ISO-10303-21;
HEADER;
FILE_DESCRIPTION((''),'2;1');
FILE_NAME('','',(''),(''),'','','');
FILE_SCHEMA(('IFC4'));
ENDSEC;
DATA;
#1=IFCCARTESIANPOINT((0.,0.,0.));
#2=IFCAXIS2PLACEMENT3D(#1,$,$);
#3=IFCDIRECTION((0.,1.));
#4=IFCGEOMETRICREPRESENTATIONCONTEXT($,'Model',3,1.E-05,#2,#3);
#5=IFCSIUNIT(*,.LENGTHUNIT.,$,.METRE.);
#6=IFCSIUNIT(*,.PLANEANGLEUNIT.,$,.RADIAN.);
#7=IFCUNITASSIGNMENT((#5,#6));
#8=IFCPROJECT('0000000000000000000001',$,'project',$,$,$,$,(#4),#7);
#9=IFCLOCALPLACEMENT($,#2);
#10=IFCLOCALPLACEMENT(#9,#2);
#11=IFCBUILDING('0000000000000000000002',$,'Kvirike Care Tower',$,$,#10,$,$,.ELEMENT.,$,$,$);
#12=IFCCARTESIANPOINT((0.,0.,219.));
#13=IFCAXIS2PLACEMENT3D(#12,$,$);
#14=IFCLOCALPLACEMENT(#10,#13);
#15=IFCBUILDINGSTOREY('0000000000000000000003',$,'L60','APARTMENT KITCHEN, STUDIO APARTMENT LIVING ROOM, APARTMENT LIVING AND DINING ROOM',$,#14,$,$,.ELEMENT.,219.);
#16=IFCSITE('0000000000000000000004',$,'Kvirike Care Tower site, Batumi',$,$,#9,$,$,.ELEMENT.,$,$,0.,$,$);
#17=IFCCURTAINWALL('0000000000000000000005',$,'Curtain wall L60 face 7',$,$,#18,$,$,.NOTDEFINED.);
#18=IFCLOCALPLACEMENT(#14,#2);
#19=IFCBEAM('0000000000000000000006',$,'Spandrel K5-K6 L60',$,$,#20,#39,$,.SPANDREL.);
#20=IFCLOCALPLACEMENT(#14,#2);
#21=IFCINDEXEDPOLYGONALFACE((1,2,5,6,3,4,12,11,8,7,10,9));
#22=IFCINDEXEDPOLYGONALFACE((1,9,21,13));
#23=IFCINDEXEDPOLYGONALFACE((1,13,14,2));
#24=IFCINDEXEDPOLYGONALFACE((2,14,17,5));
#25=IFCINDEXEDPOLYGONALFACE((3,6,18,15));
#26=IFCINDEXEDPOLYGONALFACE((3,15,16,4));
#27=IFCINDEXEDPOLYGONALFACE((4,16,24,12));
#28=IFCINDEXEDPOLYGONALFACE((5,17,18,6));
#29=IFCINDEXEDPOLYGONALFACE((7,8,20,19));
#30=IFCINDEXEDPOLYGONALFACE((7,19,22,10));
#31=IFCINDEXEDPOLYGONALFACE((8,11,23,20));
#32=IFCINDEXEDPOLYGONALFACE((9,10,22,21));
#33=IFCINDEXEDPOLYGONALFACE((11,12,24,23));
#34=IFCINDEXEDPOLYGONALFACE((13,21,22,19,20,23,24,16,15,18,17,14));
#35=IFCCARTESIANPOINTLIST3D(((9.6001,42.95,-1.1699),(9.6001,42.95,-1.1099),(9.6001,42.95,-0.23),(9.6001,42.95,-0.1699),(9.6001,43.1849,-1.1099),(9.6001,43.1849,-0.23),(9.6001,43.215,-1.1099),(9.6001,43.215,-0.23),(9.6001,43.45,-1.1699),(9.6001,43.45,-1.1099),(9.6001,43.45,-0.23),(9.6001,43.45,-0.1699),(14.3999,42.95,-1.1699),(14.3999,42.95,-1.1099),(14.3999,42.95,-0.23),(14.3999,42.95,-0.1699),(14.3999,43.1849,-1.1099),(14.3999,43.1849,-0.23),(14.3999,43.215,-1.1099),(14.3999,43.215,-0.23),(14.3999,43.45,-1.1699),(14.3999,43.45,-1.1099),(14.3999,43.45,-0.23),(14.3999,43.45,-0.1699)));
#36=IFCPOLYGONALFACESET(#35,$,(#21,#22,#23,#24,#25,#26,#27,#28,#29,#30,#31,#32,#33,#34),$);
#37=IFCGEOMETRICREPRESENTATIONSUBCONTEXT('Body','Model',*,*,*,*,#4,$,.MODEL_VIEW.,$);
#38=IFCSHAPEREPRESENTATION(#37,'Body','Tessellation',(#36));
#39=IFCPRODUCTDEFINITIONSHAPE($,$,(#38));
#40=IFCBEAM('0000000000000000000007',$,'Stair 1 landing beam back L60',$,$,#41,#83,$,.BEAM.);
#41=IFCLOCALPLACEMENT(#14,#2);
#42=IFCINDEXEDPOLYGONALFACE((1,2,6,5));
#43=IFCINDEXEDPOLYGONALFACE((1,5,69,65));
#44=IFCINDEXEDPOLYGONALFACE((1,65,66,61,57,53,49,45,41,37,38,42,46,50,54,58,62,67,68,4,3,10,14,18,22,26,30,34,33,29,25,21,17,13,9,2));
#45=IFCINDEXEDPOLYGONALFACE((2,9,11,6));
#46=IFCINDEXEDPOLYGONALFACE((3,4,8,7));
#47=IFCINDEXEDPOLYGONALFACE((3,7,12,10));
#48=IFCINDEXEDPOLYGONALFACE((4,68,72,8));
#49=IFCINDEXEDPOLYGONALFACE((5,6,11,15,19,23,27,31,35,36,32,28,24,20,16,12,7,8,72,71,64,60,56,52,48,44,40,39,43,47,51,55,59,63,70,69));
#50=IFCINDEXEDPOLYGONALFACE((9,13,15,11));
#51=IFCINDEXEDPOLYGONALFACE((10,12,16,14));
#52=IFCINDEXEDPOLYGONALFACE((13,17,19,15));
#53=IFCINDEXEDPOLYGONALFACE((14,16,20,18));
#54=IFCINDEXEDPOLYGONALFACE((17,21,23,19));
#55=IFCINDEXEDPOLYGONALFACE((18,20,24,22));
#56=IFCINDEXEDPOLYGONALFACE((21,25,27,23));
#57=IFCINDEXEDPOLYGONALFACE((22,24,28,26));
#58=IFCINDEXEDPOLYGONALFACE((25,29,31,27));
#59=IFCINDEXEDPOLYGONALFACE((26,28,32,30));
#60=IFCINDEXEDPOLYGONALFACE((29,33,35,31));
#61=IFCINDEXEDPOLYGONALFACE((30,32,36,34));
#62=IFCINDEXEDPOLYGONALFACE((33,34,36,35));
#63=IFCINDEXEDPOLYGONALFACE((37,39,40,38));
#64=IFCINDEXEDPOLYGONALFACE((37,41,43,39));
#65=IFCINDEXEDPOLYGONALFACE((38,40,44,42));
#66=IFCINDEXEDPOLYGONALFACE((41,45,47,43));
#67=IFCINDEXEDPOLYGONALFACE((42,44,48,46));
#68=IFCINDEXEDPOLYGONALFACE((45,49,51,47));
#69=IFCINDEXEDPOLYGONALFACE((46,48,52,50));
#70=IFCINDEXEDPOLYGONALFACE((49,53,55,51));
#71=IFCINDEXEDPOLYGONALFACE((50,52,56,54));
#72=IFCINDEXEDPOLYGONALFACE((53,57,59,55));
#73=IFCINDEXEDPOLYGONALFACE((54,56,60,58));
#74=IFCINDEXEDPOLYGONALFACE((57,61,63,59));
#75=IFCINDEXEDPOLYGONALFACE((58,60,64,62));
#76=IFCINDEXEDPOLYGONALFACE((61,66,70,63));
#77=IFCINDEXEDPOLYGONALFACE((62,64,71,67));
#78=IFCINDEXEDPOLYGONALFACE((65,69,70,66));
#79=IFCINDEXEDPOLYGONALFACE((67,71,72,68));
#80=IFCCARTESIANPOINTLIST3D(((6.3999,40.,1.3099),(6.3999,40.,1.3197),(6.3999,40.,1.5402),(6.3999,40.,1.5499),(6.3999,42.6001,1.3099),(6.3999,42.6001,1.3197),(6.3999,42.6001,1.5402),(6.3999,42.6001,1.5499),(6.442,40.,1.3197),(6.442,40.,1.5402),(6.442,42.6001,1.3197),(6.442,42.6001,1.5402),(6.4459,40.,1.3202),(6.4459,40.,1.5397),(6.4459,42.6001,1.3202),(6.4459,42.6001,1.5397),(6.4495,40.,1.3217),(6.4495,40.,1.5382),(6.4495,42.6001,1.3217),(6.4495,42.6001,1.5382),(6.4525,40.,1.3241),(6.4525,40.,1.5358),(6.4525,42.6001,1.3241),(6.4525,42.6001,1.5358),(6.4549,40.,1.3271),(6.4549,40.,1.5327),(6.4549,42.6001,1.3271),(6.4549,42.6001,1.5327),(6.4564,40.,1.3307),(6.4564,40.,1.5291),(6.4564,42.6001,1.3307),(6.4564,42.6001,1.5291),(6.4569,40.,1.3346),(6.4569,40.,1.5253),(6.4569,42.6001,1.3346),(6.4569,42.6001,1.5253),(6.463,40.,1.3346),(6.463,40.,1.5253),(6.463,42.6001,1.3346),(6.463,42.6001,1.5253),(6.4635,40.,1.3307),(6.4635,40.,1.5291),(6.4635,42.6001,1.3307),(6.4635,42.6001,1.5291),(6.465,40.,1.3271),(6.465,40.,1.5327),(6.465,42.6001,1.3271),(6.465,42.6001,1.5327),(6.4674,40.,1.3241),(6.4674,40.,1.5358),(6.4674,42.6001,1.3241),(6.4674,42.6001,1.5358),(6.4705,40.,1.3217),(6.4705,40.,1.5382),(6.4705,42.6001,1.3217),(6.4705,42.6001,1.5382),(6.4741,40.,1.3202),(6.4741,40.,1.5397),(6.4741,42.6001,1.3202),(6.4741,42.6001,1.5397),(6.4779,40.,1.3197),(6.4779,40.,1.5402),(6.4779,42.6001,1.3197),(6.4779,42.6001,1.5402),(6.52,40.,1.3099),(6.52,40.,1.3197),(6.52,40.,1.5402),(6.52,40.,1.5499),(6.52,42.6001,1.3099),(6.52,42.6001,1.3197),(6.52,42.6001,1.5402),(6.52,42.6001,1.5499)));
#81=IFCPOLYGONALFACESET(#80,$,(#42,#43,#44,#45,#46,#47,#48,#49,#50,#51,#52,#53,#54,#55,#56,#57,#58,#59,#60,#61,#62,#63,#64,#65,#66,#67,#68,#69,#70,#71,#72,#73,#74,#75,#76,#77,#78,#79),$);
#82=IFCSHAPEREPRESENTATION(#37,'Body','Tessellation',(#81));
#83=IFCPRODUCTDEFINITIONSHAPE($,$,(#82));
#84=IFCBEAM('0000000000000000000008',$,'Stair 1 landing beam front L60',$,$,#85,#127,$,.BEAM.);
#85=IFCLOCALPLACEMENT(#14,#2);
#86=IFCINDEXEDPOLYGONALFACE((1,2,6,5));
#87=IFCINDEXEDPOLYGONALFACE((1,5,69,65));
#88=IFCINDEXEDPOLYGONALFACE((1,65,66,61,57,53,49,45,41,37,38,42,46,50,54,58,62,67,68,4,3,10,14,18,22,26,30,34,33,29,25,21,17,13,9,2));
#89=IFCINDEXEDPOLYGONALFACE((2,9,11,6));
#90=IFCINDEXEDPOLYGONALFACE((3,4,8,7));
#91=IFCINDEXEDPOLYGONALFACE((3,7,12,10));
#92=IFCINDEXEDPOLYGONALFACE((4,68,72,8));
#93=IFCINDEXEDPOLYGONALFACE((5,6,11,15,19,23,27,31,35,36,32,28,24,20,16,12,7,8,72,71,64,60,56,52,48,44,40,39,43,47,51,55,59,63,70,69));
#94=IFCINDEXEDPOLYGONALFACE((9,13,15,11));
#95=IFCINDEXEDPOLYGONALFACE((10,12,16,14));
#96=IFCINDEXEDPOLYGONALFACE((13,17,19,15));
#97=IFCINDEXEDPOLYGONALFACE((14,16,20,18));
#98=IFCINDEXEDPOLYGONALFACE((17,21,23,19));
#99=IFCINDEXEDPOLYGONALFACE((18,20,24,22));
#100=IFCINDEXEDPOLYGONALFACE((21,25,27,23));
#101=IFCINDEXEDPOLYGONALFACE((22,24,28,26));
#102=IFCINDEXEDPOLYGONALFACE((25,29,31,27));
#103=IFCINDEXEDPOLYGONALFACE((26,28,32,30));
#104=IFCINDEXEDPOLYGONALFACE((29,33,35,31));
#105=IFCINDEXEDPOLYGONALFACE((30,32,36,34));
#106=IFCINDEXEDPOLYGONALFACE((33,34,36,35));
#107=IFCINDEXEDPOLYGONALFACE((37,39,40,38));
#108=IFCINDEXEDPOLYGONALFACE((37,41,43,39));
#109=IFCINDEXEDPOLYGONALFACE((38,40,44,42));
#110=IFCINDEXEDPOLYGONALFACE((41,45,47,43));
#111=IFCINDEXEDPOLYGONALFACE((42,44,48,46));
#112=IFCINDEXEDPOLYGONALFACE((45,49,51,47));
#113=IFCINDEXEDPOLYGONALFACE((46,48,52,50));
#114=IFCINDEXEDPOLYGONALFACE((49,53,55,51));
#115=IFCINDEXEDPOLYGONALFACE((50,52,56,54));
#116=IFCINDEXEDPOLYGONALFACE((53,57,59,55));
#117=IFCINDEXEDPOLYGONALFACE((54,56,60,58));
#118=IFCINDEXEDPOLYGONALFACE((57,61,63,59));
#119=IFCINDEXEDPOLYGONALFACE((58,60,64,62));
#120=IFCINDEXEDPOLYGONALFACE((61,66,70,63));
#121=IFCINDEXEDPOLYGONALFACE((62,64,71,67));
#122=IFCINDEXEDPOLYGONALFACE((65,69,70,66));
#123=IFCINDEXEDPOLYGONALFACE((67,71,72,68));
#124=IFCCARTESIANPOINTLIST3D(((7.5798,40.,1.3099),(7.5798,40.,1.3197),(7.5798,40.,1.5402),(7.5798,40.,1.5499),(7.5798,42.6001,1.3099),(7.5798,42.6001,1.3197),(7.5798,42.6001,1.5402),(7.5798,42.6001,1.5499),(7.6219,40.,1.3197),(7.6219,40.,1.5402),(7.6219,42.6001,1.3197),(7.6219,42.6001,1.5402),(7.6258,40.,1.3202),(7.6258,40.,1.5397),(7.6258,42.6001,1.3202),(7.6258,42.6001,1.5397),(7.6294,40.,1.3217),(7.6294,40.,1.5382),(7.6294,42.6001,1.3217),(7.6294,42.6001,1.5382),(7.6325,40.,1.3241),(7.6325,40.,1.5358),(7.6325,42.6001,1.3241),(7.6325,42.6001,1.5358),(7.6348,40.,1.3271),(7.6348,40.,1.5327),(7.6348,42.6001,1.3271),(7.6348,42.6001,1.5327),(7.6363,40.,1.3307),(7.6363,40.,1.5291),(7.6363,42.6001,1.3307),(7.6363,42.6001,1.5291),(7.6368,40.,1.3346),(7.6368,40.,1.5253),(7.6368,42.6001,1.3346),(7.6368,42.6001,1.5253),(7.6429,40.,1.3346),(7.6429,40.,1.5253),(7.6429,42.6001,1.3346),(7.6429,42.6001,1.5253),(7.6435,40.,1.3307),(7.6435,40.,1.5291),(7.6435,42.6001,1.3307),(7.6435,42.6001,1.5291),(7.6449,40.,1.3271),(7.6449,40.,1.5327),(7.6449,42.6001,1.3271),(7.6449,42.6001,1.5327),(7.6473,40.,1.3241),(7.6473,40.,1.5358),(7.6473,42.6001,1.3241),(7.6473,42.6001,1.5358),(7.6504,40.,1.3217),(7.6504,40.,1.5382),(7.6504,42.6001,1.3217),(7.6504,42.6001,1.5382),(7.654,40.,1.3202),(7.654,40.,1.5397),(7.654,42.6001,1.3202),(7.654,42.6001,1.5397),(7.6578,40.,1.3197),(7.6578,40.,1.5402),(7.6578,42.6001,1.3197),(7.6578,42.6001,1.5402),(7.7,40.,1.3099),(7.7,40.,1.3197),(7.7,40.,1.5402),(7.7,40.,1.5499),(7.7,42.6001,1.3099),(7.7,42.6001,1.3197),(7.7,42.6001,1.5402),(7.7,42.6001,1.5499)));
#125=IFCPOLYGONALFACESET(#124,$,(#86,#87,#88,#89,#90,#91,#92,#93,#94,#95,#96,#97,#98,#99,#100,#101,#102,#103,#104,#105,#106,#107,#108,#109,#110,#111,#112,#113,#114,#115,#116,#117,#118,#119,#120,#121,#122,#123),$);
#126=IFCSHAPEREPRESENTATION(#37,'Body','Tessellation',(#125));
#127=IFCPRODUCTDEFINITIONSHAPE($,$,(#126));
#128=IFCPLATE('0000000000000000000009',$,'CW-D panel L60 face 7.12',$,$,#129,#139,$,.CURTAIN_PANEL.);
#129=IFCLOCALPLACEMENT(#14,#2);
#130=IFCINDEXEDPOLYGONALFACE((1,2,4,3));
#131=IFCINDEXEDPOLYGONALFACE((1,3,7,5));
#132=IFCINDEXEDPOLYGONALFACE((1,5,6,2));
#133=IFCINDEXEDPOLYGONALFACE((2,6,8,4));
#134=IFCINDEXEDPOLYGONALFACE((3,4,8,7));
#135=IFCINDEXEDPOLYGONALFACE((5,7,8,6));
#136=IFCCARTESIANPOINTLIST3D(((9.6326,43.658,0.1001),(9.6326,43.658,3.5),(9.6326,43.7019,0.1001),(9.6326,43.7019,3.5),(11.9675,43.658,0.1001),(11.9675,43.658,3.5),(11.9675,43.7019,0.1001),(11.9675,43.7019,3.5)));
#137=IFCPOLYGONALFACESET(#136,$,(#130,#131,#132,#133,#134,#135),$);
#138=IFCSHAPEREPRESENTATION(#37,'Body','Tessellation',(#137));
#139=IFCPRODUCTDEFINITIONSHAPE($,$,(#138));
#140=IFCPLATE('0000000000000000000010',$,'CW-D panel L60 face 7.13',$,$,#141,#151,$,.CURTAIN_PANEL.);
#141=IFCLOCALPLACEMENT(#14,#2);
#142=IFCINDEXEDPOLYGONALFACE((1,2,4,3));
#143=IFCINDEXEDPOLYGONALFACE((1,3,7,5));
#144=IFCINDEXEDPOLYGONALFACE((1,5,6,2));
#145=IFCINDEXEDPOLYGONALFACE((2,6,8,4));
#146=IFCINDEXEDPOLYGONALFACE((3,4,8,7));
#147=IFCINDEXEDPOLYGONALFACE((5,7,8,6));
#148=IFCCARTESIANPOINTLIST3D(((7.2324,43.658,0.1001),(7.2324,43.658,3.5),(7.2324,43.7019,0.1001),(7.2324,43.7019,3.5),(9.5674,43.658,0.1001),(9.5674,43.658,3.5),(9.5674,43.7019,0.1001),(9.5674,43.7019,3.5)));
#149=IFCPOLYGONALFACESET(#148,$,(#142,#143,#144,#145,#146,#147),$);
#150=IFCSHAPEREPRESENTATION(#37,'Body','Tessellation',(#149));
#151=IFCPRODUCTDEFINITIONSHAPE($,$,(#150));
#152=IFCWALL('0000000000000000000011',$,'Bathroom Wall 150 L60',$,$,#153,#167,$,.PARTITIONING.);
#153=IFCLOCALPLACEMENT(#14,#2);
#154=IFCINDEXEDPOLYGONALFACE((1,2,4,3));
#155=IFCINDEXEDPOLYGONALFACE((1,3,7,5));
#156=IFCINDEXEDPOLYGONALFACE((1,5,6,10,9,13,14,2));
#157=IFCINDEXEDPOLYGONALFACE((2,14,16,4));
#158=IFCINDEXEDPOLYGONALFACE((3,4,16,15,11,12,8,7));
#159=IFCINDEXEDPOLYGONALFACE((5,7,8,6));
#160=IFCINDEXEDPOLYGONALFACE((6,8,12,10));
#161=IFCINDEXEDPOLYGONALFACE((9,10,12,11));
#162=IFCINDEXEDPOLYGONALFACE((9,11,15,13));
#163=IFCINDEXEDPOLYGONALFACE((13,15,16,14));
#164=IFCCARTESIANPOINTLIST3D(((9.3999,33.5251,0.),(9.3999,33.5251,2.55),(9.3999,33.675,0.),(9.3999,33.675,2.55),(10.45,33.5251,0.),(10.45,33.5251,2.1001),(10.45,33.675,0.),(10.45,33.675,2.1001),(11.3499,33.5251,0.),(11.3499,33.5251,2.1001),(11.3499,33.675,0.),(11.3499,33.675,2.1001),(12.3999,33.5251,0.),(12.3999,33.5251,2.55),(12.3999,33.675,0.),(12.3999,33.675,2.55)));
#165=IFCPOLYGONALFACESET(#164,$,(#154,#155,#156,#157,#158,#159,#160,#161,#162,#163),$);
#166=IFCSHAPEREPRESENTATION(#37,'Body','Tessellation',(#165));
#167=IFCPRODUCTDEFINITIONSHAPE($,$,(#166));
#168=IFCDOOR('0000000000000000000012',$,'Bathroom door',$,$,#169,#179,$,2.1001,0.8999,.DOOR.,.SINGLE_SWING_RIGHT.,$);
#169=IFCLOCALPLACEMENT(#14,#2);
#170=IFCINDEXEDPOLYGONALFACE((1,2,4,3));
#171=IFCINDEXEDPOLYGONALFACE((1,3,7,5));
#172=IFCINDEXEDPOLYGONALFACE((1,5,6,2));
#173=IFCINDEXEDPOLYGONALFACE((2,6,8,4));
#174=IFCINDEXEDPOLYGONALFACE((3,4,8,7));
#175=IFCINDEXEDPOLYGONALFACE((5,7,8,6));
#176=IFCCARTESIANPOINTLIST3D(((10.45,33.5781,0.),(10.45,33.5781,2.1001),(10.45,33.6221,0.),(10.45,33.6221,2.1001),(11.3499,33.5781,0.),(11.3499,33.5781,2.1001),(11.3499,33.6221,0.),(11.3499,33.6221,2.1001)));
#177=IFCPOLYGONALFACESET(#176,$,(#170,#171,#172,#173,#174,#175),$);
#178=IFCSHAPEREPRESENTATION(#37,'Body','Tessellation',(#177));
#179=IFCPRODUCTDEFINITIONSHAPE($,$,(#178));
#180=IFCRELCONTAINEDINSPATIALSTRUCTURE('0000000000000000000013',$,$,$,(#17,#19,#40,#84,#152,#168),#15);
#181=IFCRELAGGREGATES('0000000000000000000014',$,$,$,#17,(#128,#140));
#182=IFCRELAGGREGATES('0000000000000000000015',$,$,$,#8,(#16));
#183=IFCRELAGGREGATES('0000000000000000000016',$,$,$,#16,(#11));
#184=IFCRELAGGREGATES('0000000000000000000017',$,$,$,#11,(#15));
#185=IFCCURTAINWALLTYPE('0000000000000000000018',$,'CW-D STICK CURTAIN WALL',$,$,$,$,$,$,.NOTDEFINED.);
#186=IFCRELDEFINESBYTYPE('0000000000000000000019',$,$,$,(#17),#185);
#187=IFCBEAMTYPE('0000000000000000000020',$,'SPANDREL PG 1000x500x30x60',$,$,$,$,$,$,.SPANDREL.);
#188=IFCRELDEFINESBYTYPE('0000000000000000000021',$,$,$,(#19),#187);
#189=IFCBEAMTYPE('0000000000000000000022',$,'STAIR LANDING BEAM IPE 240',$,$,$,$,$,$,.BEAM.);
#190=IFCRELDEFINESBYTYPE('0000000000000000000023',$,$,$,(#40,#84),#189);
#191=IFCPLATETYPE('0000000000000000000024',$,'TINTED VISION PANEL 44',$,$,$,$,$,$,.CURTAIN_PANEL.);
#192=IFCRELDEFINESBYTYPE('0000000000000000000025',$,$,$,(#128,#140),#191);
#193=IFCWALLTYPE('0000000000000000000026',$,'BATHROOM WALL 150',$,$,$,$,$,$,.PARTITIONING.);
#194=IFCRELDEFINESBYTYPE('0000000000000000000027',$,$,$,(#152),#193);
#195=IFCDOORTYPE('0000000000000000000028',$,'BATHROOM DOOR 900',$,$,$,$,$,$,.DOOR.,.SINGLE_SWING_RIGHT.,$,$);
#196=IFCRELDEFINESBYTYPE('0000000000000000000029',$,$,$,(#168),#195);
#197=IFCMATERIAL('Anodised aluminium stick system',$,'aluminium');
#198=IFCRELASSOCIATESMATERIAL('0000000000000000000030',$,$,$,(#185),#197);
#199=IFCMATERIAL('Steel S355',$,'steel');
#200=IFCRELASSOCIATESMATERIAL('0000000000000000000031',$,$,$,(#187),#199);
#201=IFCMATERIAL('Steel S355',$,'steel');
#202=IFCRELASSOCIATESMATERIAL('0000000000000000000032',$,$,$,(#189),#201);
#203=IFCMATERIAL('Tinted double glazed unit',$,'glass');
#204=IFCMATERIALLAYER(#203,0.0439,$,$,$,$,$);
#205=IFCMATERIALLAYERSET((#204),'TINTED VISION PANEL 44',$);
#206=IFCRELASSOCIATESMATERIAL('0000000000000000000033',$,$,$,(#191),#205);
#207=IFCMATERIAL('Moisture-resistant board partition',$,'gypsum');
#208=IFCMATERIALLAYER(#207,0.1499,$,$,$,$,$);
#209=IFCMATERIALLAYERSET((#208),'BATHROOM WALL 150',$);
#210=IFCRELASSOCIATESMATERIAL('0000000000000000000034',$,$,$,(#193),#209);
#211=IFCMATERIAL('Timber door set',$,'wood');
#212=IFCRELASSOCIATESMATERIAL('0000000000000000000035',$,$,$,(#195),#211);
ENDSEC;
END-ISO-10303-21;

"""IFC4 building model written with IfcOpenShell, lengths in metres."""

from ifc_helpers import new_model, si_unit, direction, frame, frame_2d, origin, origin_2d, place, context, subcontext, project, spatial, rectangle, i_section, extrude, material, layer, layer_set, material_profile, profile_set, type_object, element, fill, aggregate, save


model = new_model("IFC4")

# Units and contexts
model_context = context("Model", 3, precision=1e-05, world=origin(), true_north=direction((0.0, 1.0)))
body_context = subcontext(model_context, "Body", "Model", "MODEL_VIEW")
ifc_project = project(units=[si_unit("LENGTHUNIT", "METRE"), si_unit("PLANEANGLEUNIT", "RADIAN")], contexts=[model_context])

# Site, building, storey
site_placement = place(None, origin())
site = spatial("IfcSite", under=ifc_project, at=site_placement, Name="Kvirike Care Tower site, Batumi", CompositionType="ELEMENT", RefElevation=0.0)
building_placement = place(site_placement, origin())
building = spatial("IfcBuilding", under=site, at=building_placement, Name="Kvirike Care Tower", CompositionType="ELEMENT")
storey_placement = place(building_placement, frame((0.0, 0.0, 219.0)))
storey = spatial("IfcBuildingStorey", under=building, at=storey_placement, Name="L60", Description="APARTMENT KITCHEN, STUDIO APARTMENT LIVING ROOM, APARTMENT LIVING AND DINING ROOM", CompositionType="ELEMENT", Elevation=219.0)

# Curtain wall
ifc_material_1 = material(Name="Anodised aluminium stick system", Category="aluminium")
curtain_wall_type = type_object("IfcCurtainWallType", Name="CW-D STICK CURTAIN WALL", PredefinedType="NOTDEFINED", material=ifc_material_1)
curtain_wall_placement = place(storey_placement, origin())
curtain_wall = element("IfcCurtainWall", 1, at=curtain_wall_placement, inside=storey, type_object=curtain_wall_type, Name="Curtain wall L60 face 7", PredefinedType="NOTDEFINED")

# Beams
ifc_material_2 = material(Name="Steel S355", Category="steel")
ifc_material_profile_1 = material_profile(ifc_material_2, i_section(OverallWidth=0.5, OverallDepth=1.0, WebThickness=0.03, FlangeThickness=0.0601, at=origin_2d()), Name="PG 1000x500x30x60")
ifc_profile_set_1 = profile_set([ifc_material_profile_1], Name="Steel S355")
beam_type_1 = type_object("IfcBeamType", Name="SPANDREL PG 1000x500x30x60", PredefinedType="SPANDREL", material=ifc_profile_set_1)
beam_placement = place(storey_placement, frame((9.6001, 43.2, -0.6699), z_axis=(1.0, 0.0, 0.0), x_axis=(0.0, 1.0, 0.0)))
element("IfcBeam", 2, at=beam_placement, inside=storey, type_object=beam_type_1, Name="Spandrel K5-K6 L60", PredefinedType="SPANDREL", context=body_context, shape_type="SweptSolid", body=[
    extrude(i_section(OverallWidth=0.5, OverallDepth=1.0, WebThickness=0.03, FlangeThickness=0.0601, at=origin_2d()), origin(), (0.0, 0.0, 1.0), 4.7998),
])
ifc_material_3 = material(Name="Steel S355", Category="steel")
ifc_material_profile_2 = material_profile(ifc_material_3, i_section(OverallWidth=0.1201, OverallDepth=0.24, WebThickness=0.0061, FlangeThickness=0.0098, FilletRadius=0.0149, at=origin_2d()), Name="IPE 240")
ifc_profile_set_2 = profile_set([ifc_material_profile_2], Name="Steel S355")
beam_type_2 = type_object("IfcBeamType", Name="STAIR LANDING BEAM IPE 240", PredefinedType="BEAM", material=ifc_profile_set_2)
for number, where, z_axis, x_axis, name in (
    (3, (6.46, 42.6001, 1.4299), (0.0, -1.0, 0.0), (1.0, 0.0, 0.0), "Stair 1 landing beam back L60"),
    (4, (7.6399, 42.6001, 1.4299), (0.0, -1.0, 0.0), (1.0, 0.0, 0.0), "Stair 1 landing beam front L60"),
):
    element("IfcBeam", number, at=place(storey_placement, frame(where, z_axis=z_axis, x_axis=x_axis)), inside=storey, type_object=beam_type_2, Name=name, PredefinedType="BEAM", context=body_context, shape_type="SweptSolid", body=[
        extrude(i_section(OverallWidth=0.1201, OverallDepth=0.24, WebThickness=0.0061, FlangeThickness=0.0098, FilletRadius=0.0149, at=origin_2d()), origin(), (0.0, 0.0, 1.0), 2.6001),
    ])

# Plates
ifc_material_4 = material(Name="Tinted double glazed unit", Category="glass")
ifc_layer_1 = layer(ifc_material_4, 0.0439)
ifc_layer_set_1 = layer_set([ifc_layer_1], Name="TINTED VISION PANEL 44")
plate_type = type_object("IfcPlateType", Name="TINTED VISION PANEL 44", PredefinedType="CURTAIN_PANEL", material=ifc_layer_set_1)
plate_1_placement = place(storey_placement, frame((10.8, 43.6799, 0.1001), z_axis=(0.0, 0.0, 1.0), x_axis=(-1.0, 0.0, 0.0)))
plate_1 = element("IfcPlate", 5, at=plate_1_placement, type_object=plate_type, Name="CW-D panel L60 face 7.12", PredefinedType="CURTAIN_PANEL", context=body_context, shape_type="SweptSolid", body=[
    extrude(rectangle(XDim=2.335, YDim=0.0439, at=origin_2d()), origin(), (0.0, 0.0, 1.0), 3.3999),
])
plate_2_placement = place(storey_placement, frame((8.3999, 43.6799, 0.1001), z_axis=(0.0, 0.0, 1.0), x_axis=(-1.0, 0.0, 0.0)))
plate_2 = element("IfcPlate", 6, at=plate_2_placement, type_object=plate_type, Name="CW-D panel L60 face 7.13", PredefinedType="CURTAIN_PANEL", context=body_context, shape_type="SweptSolid", body=[
    extrude(rectangle(XDim=2.335, YDim=0.0439, at=origin_2d()), origin(), (0.0, 0.0, 1.0), 3.3999),
])
aggregate(curtain_wall, [plate_1, plate_2])

# Wall, opening, door
ifc_material_5 = material(Name="Moisture-resistant board partition", Category="gypsum")
ifc_layer_2 = layer(ifc_material_5, 0.1499)
ifc_layer_set_2 = layer_set([ifc_layer_2], Name="BATHROOM WALL 150")
wall_type_1 = type_object("IfcWallType", Name="BATHROOM WALL 150", PredefinedType="PARTITIONING", material=ifc_layer_set_2)
wall_1_placement = place(storey_placement, frame((9.3999, 33.6001, 0.0), z_axis=(0.0, 0.0, 1.0), x_axis=(1.0, 0.0, 0.0)))
wall_1 = element("IfcWall", 7, at=wall_1_placement, inside=storey, type_object=wall_type_1, Name="Bathroom Wall 150 L60", PredefinedType="PARTITIONING", context=body_context, shape_type="SweptSolid", body=[
    extrude(rectangle(XDim=3.0, YDim=0.1499, at=frame_2d((1.5, 0.0))), origin(), (0.0, 0.0, 1.0), 2.55),
])
opening_1_placement = place(wall_1_placement, frame((1.05, 0.0, 0.0)))
opening_1 = element("IfcOpeningElement", 8, at=opening_1_placement, cuts=wall_1, PredefinedType="OPENING", context=body_context, shape_type="SweptSolid", body=[
    extrude(rectangle(XDim=0.8999, YDim=2.1001, at=frame_2d((0.45, 1.05))), frame((0.0, 0.0854, 0.0), z_axis=(0.0, -1.0, 0.0), x_axis=(1.0, 0.0, 0.0)), (0.0, 0.0, 1.0), 0.1709),
])
ifc_material_6 = material(Name="Timber door set", Category="wood")
door_type_1 = type_object("IfcDoorType", Name="BATHROOM DOOR 900", OperationType="SINGLE_SWING_RIGHT", PredefinedType="DOOR", material=ifc_material_6)
door_1_placement = place(opening_1_placement, frame((0.8999, 0.0, 0.0), z_axis=(0.0, 0.0, 1.0), x_axis=(-1.0, 0.0, 0.0)))
door_1 = element("IfcDoor", 9, at=door_1_placement, inside=storey, type_object=door_type_1, Name="Bathroom door", OperationType="SINGLE_SWING_RIGHT", OverallHeight=2.1001, OverallWidth=0.8999, PredefinedType="DOOR", context=body_context, shape_type="SweptSolid", body=[
    extrude(rectangle(XDim=0.8999, YDim=2.1001, at=frame_2d((0.45, 1.05))), frame((0.0, 0.022, 0.0), z_axis=(0.0, -1.0, 0.0), x_axis=(1.0, 0.0, 0.0)), (0.0, 0.0, 1.0), 0.0439),
])
fill(opening_1, door_1)

save(model, "model.ifc")
